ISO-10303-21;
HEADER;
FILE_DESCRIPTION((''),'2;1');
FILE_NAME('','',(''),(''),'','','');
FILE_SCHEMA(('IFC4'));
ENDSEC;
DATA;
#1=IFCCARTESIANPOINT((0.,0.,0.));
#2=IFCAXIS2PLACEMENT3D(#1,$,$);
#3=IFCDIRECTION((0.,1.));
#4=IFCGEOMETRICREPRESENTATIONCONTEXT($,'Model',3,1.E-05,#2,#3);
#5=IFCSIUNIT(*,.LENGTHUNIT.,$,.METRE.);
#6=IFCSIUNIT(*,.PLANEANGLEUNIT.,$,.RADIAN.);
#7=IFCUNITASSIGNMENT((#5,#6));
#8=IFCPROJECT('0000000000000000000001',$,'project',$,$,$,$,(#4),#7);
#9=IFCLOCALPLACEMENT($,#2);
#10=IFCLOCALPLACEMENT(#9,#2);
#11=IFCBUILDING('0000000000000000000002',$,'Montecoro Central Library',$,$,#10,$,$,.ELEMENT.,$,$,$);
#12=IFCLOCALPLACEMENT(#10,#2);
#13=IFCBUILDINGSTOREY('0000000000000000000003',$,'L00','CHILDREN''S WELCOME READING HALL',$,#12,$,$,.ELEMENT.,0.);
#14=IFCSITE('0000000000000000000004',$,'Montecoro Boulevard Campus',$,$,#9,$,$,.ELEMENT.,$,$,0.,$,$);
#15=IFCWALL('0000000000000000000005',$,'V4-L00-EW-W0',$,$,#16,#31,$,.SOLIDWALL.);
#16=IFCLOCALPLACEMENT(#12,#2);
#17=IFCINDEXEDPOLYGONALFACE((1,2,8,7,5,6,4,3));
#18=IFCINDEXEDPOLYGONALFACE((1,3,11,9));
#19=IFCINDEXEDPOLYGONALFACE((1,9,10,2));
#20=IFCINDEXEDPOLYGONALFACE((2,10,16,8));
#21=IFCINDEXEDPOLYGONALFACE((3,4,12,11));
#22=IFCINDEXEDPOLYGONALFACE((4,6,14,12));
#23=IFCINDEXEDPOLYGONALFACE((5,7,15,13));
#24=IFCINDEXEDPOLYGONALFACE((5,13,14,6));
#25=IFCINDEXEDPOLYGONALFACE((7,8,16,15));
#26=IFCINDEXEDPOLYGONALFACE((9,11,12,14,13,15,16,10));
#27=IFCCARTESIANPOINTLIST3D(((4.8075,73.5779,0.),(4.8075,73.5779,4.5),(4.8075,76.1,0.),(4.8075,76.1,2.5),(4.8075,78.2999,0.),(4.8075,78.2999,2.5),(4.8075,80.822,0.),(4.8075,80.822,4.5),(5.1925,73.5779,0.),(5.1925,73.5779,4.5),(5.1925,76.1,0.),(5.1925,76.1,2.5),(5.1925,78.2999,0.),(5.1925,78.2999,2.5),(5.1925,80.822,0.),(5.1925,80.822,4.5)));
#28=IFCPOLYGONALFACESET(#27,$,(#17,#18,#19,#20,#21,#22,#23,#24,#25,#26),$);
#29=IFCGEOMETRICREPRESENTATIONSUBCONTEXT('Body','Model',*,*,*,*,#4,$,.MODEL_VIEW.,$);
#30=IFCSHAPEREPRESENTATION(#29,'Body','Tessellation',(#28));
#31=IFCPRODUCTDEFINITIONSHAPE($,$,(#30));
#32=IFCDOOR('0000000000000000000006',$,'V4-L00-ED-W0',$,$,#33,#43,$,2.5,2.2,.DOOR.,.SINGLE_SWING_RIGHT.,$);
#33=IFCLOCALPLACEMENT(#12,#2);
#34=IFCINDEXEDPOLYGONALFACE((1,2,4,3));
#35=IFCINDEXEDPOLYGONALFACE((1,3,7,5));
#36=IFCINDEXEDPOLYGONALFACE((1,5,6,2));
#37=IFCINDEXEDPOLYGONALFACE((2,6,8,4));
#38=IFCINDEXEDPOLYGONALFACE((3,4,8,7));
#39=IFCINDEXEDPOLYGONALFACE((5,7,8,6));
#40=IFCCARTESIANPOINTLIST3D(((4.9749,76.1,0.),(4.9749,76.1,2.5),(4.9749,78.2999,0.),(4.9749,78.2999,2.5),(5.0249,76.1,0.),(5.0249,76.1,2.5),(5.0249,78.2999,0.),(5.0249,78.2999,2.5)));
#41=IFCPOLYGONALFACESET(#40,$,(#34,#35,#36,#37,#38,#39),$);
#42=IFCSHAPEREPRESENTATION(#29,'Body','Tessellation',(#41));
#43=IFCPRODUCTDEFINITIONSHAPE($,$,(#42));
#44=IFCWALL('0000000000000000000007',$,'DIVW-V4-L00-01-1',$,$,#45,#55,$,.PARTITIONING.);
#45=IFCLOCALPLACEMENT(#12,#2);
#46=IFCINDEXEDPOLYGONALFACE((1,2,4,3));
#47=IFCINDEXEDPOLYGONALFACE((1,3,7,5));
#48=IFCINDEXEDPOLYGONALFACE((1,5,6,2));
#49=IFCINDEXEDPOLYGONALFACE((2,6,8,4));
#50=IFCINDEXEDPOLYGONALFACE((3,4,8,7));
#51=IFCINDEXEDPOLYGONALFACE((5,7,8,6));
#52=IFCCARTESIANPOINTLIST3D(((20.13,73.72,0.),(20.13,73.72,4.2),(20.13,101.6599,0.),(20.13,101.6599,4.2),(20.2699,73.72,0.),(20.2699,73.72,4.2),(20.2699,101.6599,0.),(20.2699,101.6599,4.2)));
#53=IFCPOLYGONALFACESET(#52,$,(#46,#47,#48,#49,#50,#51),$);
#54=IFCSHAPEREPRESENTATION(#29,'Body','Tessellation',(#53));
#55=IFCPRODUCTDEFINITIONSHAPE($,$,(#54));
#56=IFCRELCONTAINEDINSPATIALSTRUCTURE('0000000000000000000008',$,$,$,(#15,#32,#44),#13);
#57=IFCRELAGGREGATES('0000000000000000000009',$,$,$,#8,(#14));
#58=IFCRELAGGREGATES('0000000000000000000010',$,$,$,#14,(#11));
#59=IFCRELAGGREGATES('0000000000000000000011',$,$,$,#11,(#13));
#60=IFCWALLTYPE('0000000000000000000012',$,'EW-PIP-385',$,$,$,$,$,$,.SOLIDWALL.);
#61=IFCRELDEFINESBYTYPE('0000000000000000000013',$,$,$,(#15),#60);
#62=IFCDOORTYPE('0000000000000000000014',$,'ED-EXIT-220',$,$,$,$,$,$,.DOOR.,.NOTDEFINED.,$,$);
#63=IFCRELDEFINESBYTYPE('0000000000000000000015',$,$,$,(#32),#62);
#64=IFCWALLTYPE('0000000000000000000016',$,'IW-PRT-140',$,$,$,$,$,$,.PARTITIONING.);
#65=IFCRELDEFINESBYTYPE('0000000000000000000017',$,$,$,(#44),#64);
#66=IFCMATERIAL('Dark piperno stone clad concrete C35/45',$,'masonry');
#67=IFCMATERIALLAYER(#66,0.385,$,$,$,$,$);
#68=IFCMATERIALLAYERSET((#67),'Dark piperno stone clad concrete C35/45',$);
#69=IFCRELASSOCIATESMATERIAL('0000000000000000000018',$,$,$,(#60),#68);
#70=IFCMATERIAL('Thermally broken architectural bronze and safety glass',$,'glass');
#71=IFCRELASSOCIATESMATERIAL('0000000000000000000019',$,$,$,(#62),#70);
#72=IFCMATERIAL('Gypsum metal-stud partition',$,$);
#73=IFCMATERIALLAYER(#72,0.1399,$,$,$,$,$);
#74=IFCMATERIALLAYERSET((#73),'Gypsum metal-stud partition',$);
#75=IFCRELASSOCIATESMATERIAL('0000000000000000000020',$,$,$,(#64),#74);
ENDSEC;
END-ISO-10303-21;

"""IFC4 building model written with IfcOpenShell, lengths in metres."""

from ifc_helpers import new_model, si_unit, direction, frame, frame_2d, origin, place, context, subcontext, project, spatial, rectangle, extrude, material, layer, layer_set, type_object, element, fill, save


model = new_model("IFC4")

# Units and contexts
model_context = context("Model", 3, precision=1e-05, world=origin(), true_north=direction((0.0, 1.0)))
body_context = subcontext(model_context, "Body", "Model", "MODEL_VIEW")
ifc_project = project(units=[si_unit("LENGTHUNIT", "METRE"), si_unit("PLANEANGLEUNIT", "RADIAN")], contexts=[model_context])

# Site, building, storey
site_placement = place(None, origin())
site = spatial("IfcSite", under=ifc_project, at=site_placement, Name="Montecoro Boulevard Campus", CompositionType="ELEMENT", RefElevation=0.0)
building_placement = place(site_placement, origin())
building = spatial("IfcBuilding", under=site, at=building_placement, Name="Montecoro Central Library", CompositionType="ELEMENT")
storey_placement = place(building_placement, origin())
storey = spatial("IfcBuildingStorey", under=building, at=storey_placement, Name="L00", Description="CHILDREN'S WELCOME READING HALL", CompositionType="ELEMENT", Elevation=0.0)

# Wall, opening, door
ifc_material_1 = material(Name="Dark piperno stone clad concrete C35/45", Category="masonry")
ifc_layer_1 = layer(ifc_material_1, 0.385)
ifc_layer_set_1 = layer_set([ifc_layer_1], Name="Dark piperno stone clad concrete C35/45")
wall_type_1 = type_object("IfcWallType", Name="EW-PIP-385", PredefinedType="SOLIDWALL", material=ifc_layer_set_1)
wall_1_placement = place(storey_placement, frame((5.0, 80.822, 0.0), z_axis=(0.0, 0.0, 1.0), x_axis=(0.0, -1.0, 0.0)))
wall_1 = element("IfcWall", 1, at=wall_1_placement, inside=storey, type_object=wall_type_1, Name="V4-L00-EW-W0", PredefinedType="SOLIDWALL", context=body_context, shape_type="SweptSolid", body=[
    extrude(rectangle(XDim=7.2441, YDim=0.385, at=frame_2d((3.6221, 0.0))), origin(), (0.0, 0.0, 1.0), 4.5),
])
opening_placement = place(wall_1_placement, frame((2.522, 0.0, 0.0)))
opening = element("IfcOpeningElement", 2, at=opening_placement, cuts=wall_1, PredefinedType="OPENING", context=body_context, shape_type="SweptSolid", body=[
    extrude(rectangle(XDim=2.2, YDim=2.5, at=frame_2d((1.1001, 1.25))), frame((0.0, 0.2024, 0.0), z_axis=(0.0, -1.0, 0.0), x_axis=(1.0, 0.0, 0.0)), (0.0, 0.0, 1.0), 0.405),
])
ifc_material_2 = material(Name="Thermally broken architectural bronze and safety glass", Category="glass")
door_type = type_object("IfcDoorType", Name="ED-EXIT-220", OperationType="NOTDEFINED", PredefinedType="DOOR", material=ifc_material_2)
door_placement = place(opening_placement, origin())
door = element("IfcDoor", 3, at=door_placement, inside=storey, type_object=door_type, Name="V4-L00-ED-W0", OperationType="SINGLE_SWING_RIGHT", OverallHeight=2.5, OverallWidth=2.2, PredefinedType="DOOR", context=body_context, shape_type="SweptSolid", body=[
    extrude(rectangle(XDim=2.2, YDim=2.5, at=frame_2d((1.1001, 1.25))), frame((0.0, 0.0249, 0.0), z_axis=(0.0, -1.0, 0.0), x_axis=(1.0, 0.0, 0.0)), (0.0, 0.0, 1.0), 0.05),
])
fill(opening, door)

# Wall
ifc_material_3 = material(Name="Gypsum metal-stud partition")
ifc_layer_2 = layer(ifc_material_3, 0.1399)
ifc_layer_set_2 = layer_set([ifc_layer_2], Name="Gypsum metal-stud partition")
wall_type_2 = type_object("IfcWallType", Name="IW-PRT-140", PredefinedType="PARTITIONING", material=ifc_layer_set_2)
wall_2_placement = place(storey_placement, frame((20.2, 73.72, 0.0), z_axis=(0.0, 0.0, 1.0), x_axis=(0.0, 1.0, 0.0)))
element("IfcWall", 4, at=wall_2_placement, inside=storey, type_object=wall_type_2, Name="DIVW-V4-L00-01-1", PredefinedType="PARTITIONING", context=body_context, shape_type="SweptSolid", body=[
    extrude(rectangle(XDim=27.9399, YDim=0.1399, at=frame_2d((13.97, 0.0))), origin(), (0.0, 0.0, 1.0), 4.2),
])

save(model, "model.ifc")
